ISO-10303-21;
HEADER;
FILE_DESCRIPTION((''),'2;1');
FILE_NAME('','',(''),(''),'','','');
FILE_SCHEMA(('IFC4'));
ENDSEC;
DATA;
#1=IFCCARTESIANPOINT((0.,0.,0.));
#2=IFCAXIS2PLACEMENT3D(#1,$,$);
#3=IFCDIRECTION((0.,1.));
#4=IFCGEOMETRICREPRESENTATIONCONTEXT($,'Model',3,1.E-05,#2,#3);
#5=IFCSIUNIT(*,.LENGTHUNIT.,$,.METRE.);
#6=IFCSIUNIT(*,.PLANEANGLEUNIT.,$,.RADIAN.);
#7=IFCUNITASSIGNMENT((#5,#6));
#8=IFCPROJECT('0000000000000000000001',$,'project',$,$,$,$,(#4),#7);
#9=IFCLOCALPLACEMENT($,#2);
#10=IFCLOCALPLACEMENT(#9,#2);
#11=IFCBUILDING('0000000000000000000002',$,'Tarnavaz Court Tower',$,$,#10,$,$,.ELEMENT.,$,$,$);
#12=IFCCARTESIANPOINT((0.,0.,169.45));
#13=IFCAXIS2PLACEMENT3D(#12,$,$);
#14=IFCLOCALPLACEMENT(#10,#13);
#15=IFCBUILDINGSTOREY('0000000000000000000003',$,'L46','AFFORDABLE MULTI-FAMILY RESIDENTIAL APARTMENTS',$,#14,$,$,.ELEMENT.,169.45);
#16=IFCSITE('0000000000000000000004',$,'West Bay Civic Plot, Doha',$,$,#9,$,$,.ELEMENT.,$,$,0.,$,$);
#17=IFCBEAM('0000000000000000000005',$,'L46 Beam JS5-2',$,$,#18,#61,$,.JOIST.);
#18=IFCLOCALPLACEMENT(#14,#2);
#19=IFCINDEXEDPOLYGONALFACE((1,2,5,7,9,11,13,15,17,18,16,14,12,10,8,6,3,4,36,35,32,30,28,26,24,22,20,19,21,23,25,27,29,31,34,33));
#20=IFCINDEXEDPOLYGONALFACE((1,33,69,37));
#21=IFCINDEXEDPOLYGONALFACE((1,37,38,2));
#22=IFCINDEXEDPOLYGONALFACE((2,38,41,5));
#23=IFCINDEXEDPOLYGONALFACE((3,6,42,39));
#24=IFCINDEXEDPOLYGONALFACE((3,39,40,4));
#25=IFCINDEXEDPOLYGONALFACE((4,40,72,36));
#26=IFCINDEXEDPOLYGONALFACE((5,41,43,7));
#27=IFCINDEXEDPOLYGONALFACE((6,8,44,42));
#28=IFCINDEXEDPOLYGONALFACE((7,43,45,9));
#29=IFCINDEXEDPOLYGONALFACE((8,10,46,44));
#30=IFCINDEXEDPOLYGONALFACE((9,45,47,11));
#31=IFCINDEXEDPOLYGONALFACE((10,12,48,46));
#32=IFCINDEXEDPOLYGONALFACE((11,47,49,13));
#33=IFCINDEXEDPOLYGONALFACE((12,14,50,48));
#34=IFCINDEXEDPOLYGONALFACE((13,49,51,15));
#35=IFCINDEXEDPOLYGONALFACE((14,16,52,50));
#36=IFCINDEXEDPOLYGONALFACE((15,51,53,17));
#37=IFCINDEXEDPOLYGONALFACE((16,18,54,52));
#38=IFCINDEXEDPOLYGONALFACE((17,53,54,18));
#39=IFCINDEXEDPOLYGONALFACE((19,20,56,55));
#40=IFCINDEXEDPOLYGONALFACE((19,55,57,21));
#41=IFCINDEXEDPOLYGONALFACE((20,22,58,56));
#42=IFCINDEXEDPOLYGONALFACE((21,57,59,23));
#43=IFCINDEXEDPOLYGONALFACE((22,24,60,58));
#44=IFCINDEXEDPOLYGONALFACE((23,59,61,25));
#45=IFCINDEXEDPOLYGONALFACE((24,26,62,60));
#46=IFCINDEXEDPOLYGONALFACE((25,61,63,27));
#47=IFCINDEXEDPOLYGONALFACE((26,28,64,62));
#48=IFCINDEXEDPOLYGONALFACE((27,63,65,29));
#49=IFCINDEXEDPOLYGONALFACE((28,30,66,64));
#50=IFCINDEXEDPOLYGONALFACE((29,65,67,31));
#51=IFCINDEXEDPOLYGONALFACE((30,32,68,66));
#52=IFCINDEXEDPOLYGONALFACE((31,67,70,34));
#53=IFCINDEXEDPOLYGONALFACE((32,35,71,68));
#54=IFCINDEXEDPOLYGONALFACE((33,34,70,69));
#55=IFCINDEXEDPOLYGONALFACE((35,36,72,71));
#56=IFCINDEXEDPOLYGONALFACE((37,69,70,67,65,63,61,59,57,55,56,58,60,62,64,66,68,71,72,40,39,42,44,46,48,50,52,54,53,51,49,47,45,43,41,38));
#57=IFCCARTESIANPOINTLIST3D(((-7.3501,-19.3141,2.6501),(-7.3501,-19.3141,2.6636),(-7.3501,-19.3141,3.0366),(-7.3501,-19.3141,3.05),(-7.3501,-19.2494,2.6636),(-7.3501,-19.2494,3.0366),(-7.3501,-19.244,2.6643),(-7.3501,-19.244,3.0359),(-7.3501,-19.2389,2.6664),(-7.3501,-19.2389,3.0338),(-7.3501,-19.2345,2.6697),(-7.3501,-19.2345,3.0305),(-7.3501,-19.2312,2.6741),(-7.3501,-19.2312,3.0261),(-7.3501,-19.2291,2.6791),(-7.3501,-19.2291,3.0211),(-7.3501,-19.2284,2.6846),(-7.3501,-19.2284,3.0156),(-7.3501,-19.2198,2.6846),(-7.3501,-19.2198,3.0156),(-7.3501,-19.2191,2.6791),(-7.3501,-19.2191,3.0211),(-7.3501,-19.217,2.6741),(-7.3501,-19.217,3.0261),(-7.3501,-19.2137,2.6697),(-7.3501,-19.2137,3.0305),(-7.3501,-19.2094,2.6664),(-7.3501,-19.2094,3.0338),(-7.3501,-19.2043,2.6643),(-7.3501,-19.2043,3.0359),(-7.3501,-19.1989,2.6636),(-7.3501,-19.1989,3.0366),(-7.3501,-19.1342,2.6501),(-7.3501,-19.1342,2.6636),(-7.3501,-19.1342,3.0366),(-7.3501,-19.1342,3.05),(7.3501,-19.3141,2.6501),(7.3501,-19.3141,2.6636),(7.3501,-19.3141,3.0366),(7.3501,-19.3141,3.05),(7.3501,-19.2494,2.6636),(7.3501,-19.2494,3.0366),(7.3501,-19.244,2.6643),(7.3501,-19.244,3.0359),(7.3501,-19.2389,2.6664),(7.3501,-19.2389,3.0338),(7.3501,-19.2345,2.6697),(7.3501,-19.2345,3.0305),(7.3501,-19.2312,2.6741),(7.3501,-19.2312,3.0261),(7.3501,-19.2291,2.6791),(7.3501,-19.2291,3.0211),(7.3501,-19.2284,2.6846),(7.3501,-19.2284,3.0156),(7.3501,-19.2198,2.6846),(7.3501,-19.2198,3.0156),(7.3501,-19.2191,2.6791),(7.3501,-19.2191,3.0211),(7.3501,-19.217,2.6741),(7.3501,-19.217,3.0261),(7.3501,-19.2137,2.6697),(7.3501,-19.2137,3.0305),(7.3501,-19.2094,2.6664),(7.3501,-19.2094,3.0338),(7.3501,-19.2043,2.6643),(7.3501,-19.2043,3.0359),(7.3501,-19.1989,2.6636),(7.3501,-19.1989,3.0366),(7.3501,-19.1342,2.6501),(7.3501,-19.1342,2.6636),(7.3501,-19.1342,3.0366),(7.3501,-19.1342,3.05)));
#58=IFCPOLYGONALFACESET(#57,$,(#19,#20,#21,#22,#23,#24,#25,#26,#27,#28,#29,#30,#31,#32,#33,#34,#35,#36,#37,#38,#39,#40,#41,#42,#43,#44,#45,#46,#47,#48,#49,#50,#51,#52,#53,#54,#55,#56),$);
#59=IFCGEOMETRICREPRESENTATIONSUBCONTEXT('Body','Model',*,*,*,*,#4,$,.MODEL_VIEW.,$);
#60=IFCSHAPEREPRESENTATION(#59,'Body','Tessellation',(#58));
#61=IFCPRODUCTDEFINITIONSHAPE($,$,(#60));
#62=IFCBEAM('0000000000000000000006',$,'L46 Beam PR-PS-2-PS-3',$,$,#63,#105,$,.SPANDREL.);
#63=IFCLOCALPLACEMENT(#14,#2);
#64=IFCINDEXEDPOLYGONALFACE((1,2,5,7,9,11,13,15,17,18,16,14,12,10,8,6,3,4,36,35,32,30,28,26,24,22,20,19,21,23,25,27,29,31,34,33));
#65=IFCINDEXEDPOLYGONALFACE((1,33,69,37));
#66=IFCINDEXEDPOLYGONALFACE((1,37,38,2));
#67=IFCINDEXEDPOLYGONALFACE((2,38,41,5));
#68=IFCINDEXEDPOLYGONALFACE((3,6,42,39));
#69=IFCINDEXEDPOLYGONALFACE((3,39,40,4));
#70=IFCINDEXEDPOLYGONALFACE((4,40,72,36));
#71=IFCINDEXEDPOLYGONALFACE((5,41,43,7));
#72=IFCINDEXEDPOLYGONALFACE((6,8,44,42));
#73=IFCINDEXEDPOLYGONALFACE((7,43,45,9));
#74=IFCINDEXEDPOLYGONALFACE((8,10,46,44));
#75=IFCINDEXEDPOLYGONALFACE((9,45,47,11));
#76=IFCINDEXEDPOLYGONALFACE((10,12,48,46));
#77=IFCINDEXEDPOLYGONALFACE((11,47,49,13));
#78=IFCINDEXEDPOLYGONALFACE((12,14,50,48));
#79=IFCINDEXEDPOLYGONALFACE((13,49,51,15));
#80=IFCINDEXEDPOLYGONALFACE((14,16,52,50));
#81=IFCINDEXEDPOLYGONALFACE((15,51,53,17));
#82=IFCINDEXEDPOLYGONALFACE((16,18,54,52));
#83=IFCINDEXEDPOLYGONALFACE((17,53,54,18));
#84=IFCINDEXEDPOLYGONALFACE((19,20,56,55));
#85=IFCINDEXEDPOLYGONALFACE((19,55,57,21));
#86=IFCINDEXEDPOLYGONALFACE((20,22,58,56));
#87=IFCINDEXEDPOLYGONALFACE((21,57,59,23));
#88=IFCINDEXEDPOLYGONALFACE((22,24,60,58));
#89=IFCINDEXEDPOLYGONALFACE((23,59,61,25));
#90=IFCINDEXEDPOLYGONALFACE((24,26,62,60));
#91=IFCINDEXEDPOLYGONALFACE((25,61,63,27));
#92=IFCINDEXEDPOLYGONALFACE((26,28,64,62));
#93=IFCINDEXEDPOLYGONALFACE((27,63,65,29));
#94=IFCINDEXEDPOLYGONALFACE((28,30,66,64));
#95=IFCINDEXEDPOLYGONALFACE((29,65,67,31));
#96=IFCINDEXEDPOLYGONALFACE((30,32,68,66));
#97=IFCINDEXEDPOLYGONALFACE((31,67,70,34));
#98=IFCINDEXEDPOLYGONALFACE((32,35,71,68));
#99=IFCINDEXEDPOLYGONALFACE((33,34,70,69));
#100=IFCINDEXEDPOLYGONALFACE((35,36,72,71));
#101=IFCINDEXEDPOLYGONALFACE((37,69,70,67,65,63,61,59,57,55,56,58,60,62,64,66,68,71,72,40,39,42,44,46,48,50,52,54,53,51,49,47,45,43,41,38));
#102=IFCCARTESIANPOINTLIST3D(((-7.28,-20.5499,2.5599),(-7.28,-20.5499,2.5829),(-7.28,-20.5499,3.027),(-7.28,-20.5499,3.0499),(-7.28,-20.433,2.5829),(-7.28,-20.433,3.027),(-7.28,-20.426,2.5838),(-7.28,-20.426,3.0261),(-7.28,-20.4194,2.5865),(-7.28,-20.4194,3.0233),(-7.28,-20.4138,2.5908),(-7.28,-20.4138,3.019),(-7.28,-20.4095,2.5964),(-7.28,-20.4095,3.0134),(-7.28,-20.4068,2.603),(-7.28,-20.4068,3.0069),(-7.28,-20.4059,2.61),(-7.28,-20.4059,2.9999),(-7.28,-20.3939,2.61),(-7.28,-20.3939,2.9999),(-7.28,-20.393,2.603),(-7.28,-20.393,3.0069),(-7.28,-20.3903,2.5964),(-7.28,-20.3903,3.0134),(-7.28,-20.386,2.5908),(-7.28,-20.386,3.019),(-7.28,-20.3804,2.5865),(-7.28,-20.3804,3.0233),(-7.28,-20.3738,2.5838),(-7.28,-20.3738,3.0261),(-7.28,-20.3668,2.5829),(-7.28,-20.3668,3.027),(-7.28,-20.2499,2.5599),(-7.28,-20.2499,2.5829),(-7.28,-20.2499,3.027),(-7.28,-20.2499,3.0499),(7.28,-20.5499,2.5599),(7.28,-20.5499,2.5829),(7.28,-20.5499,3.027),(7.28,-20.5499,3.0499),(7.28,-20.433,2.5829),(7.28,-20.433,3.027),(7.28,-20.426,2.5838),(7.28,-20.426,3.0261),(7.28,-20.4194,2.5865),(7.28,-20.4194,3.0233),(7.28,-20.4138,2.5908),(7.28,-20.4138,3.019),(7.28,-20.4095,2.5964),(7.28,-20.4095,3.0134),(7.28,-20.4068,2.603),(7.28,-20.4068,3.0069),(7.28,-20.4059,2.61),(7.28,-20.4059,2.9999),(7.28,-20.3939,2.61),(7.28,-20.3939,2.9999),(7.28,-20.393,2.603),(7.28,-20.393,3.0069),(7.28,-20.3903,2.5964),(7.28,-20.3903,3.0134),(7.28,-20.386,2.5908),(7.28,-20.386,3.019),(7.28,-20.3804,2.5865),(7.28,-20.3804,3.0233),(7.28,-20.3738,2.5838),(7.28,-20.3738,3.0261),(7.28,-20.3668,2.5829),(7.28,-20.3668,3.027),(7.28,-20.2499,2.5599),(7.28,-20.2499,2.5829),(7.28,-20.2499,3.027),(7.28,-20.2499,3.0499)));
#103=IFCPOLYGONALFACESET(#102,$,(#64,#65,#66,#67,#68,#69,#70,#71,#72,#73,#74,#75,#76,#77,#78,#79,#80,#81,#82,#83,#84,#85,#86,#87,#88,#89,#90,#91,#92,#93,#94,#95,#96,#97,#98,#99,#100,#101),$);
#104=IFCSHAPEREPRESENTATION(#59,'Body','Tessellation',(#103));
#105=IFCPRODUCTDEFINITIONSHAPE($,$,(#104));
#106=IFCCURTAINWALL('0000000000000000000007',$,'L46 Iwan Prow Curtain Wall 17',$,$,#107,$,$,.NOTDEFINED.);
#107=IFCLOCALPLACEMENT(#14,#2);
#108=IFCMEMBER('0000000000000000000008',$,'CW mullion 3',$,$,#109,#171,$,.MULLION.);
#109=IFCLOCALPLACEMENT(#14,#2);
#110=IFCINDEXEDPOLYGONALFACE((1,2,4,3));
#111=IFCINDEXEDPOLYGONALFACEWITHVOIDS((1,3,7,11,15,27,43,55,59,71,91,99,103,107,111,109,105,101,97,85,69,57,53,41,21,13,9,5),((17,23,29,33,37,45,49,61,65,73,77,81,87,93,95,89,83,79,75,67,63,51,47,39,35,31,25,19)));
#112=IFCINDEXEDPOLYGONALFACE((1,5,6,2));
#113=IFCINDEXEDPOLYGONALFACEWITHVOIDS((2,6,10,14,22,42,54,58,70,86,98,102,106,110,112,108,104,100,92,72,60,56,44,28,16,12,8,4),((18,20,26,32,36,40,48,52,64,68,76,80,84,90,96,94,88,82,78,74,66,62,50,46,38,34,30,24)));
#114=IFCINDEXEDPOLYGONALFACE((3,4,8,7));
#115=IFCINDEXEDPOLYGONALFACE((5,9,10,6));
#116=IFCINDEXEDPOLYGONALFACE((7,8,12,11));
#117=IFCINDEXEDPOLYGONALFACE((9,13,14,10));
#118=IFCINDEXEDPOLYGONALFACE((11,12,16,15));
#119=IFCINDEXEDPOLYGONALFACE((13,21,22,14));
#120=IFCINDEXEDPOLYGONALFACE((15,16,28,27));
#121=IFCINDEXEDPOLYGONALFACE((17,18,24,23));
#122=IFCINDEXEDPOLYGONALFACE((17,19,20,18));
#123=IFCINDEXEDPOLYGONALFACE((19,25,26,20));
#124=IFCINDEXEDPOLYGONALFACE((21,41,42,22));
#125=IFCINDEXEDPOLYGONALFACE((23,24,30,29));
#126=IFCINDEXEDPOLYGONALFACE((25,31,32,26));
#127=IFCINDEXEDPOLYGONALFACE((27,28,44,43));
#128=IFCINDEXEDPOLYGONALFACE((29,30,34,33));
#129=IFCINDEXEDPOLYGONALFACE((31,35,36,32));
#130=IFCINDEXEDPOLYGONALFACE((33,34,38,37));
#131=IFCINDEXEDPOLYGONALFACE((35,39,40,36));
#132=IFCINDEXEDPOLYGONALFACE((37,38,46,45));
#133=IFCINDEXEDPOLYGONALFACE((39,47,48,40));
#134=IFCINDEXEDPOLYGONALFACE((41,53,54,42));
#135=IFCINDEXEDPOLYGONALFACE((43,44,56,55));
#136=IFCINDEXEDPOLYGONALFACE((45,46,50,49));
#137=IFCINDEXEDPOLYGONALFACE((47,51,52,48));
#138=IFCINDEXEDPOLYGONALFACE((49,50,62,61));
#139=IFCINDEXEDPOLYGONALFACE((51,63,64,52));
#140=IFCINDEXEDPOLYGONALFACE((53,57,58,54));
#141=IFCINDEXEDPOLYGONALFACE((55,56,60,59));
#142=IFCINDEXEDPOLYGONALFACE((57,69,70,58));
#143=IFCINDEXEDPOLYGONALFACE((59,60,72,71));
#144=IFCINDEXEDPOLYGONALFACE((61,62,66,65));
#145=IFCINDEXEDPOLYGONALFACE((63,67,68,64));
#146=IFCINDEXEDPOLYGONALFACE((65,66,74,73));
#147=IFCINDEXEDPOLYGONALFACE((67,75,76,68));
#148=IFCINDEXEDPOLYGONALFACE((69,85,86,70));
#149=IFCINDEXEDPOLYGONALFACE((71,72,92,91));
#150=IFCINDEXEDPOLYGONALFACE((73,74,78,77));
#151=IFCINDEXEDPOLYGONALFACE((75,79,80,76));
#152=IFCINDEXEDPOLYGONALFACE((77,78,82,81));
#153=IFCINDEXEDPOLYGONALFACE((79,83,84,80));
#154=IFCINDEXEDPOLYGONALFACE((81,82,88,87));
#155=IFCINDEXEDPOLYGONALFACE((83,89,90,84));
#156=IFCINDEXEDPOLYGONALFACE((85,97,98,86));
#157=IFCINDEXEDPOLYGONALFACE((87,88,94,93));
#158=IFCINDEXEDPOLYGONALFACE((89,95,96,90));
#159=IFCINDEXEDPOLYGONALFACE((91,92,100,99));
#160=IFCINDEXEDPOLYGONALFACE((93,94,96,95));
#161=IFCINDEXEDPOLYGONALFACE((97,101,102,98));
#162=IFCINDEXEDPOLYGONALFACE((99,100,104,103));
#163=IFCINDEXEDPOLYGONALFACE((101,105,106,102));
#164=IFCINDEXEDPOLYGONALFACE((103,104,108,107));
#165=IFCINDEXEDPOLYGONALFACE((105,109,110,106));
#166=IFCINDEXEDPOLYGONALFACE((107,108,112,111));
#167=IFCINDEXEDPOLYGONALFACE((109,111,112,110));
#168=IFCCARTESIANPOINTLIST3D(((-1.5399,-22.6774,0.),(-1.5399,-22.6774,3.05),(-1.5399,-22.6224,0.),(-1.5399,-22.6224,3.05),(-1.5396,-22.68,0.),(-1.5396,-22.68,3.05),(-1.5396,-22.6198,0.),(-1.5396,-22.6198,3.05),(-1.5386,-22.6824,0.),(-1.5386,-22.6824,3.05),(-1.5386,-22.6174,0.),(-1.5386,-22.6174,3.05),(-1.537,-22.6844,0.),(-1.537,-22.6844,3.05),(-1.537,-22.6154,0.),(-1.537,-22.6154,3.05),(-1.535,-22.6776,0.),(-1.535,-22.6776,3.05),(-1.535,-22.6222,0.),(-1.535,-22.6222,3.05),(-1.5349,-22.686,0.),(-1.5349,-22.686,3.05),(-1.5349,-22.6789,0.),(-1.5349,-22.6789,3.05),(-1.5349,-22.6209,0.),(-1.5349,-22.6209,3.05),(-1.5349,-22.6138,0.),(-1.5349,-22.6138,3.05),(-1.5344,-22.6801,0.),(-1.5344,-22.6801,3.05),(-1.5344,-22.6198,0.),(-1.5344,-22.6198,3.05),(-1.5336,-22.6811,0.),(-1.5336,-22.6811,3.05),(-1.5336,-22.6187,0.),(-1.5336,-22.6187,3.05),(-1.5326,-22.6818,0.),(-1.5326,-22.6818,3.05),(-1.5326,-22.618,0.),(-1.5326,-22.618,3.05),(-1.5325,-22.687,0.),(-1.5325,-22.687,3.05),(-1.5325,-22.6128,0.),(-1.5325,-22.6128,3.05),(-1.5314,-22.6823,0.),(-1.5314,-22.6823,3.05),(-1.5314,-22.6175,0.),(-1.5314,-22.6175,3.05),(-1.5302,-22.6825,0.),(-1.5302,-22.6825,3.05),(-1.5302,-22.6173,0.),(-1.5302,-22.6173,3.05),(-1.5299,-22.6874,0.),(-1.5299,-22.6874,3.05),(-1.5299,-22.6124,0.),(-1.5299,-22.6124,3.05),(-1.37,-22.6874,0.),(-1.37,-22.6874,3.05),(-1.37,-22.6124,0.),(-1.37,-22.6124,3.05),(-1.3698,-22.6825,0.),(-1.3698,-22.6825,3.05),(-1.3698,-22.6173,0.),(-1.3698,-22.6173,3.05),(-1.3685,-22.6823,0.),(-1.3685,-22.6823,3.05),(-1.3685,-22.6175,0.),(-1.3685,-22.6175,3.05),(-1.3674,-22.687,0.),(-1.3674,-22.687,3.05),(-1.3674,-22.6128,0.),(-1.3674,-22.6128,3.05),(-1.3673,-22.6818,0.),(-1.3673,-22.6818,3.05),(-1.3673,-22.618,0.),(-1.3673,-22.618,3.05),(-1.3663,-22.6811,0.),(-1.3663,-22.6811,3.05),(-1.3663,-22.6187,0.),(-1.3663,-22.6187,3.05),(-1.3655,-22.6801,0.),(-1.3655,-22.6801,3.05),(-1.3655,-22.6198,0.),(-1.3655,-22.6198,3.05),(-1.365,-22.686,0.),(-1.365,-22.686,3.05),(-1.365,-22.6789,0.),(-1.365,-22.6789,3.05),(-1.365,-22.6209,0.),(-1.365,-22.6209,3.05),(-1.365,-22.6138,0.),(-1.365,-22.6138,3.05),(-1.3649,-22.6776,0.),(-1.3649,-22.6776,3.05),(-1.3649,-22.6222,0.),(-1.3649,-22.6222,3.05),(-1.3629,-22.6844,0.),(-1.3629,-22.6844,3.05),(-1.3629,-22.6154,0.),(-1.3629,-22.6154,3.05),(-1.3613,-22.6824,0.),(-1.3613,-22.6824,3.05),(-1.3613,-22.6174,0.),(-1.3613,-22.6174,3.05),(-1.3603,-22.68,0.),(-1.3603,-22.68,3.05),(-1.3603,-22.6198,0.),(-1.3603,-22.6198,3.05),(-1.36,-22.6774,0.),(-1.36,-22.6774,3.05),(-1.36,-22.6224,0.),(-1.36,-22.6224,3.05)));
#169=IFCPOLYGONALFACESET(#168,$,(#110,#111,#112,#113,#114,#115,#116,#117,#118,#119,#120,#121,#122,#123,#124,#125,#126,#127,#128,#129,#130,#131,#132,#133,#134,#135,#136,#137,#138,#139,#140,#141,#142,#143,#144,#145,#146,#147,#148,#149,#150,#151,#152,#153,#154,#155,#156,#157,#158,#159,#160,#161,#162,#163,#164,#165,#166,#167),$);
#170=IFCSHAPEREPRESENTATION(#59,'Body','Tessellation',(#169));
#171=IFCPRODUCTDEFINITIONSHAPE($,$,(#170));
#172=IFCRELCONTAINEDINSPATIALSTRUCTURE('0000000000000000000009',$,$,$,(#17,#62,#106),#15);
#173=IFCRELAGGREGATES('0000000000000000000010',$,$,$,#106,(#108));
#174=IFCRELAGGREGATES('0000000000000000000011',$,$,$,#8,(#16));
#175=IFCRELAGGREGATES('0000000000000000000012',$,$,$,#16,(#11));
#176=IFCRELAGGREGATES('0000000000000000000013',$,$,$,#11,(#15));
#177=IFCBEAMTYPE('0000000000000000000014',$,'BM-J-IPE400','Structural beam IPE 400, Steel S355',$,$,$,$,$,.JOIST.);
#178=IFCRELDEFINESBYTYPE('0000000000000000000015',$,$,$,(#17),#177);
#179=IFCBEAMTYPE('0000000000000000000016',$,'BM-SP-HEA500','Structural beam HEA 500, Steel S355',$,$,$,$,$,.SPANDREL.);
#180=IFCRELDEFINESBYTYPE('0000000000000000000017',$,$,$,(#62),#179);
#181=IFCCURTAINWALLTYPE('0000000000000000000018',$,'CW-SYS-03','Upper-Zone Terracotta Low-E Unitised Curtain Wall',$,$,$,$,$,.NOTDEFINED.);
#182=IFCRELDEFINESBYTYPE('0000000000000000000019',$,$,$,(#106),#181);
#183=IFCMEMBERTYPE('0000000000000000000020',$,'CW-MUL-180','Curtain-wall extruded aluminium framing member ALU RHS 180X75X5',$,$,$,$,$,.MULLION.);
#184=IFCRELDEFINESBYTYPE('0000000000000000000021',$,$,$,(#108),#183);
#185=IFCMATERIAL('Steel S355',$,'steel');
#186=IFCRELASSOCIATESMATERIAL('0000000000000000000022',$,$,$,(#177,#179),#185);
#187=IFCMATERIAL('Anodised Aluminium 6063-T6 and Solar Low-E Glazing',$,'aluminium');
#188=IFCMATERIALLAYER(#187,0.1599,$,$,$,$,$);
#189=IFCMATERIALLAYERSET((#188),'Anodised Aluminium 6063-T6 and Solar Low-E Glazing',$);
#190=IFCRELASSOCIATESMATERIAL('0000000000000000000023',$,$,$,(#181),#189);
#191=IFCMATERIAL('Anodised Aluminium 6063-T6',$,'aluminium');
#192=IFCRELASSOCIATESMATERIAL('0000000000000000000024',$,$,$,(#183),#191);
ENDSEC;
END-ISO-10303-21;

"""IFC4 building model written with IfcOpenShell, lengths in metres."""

from ifc_helpers import new_model, si_unit, direction, frame, origin, origin_2d, place, context, subcontext, project, spatial, hollow_rectangle, i_section, extrude, material, layer, layer_set, material_profile, profile_set, type_object, element, aggregate, save


model = new_model("IFC4")

# Units and contexts
model_context = context("Model", 3, precision=1e-05, world=origin(), true_north=direction((0.0, 1.0)))
body_context = subcontext(model_context, "Body", "Model", "MODEL_VIEW")
ifc_project = project(units=[si_unit("LENGTHUNIT", "METRE"), si_unit("PLANEANGLEUNIT", "RADIAN")], contexts=[model_context])

# Site, building, storey
site_placement = place(None, origin())
site = spatial("IfcSite", under=ifc_project, at=site_placement, Name="West Bay Civic Plot, Doha", CompositionType="ELEMENT", RefElevation=0.0)
building_placement = place(site_placement, origin())
building = spatial("IfcBuilding", under=site, at=building_placement, Name="Tarnavaz Court Tower", CompositionType="ELEMENT")
storey_placement = place(building_placement, frame((0.0, 0.0, 169.45)))
storey = spatial("IfcBuildingStorey", under=building, at=storey_placement, Name="L46", Description="AFFORDABLE MULTI-FAMILY RESIDENTIAL APARTMENTS", CompositionType="ELEMENT", Elevation=169.45)

# Beams
ifc_material_1 = material(Name="Steel S355", Category="steel")
ifc_material_profile_1 = material_profile(ifc_material_1, i_section(OverallWidth=0.1799, OverallDepth=0.3999, WebThickness=0.0085, FlangeThickness=0.0134, FilletRadius=0.021, at=origin_2d()), Name="IPE 400")
ifc_profile_set_1 = profile_set([ifc_material_profile_1], Name="Steel S355")
beam_type_1 = type_object("IfcBeamType", Name="BM-J-IPE400", Description="Structural beam IPE 400, Steel S355", PredefinedType="JOIST", material=ifc_profile_set_1)
for number, where, z_axis, x_axis, name in (
    (1, (-7.3501, -19.2241, 2.8501), (1.0, 0.0, 0.0), (0.0, 1.0, 0.0), "L46 Beam JS5-2"),
):
    element("IfcBeam", number, at=place(storey_placement, frame(where, z_axis=z_axis, x_axis=x_axis)), inside=storey, type_object=beam_type_1, Name=name, PredefinedType="JOIST", context=body_context, shape_type="SweptSolid", body=[
        extrude(i_section(OverallWidth=0.1799, OverallDepth=0.3999, WebThickness=0.0085, FlangeThickness=0.0134, FilletRadius=0.021, at=origin_2d()), origin(), (0.0, 0.0, 1.0), 14.7002),
    ])
ifc_material_profile_2 = material_profile(ifc_material_1, i_section(OverallWidth=0.3, OverallDepth=0.49, WebThickness=0.012, FlangeThickness=0.0229, FilletRadius=0.0271, at=origin_2d()), Name="HEA 500")
ifc_profile_set_2 = profile_set([ifc_material_profile_2], Name="Steel S355")
beam_type_2 = type_object("IfcBeamType", Name="BM-SP-HEA500", Description="Structural beam HEA 500, Steel S355", PredefinedType="SPANDREL", material=ifc_profile_set_2)
beam_placement = place(storey_placement, frame((-7.28, -20.3999, 2.8049), z_axis=(1.0, 0.0, 0.0), x_axis=(0.0, 1.0, 0.0)))
element("IfcBeam", 2, at=beam_placement, inside=storey, type_object=beam_type_2, Name="L46 Beam PR-PS-2-PS-3", PredefinedType="SPANDREL", context=body_context, shape_type="SweptSolid", body=[
    extrude(i_section(OverallWidth=0.3, OverallDepth=0.49, WebThickness=0.012, FlangeThickness=0.0229, FilletRadius=0.0271, at=origin_2d()), origin(), (0.0, 0.0, 1.0), 14.5601),
])

# Curtain wall, member
ifc_material_2 = material(Name="Anodised Aluminium 6063-T6 and Solar Low-E Glazing", Category="aluminium")
ifc_layer_1 = layer(ifc_material_2, 0.1599)
ifc_layer_set_1 = layer_set([ifc_layer_1], Name="Anodised Aluminium 6063-T6 and Solar Low-E Glazing")
curtain_wall_type = type_object("IfcCurtainWallType", Name="CW-SYS-03", Description="Upper-Zone Terracotta Low-E Unitised Curtain Wall", PredefinedType="NOTDEFINED", material=ifc_layer_set_1)
curtain_wall_placement = place(storey_placement, origin())
curtain_wall = element("IfcCurtainWall", 3, at=curtain_wall_placement, inside=storey, type_object=curtain_wall_type, Name="L46 Iwan Prow Curtain Wall 17", PredefinedType="NOTDEFINED")
ifc_material_3 = material(Name="Anodised Aluminium 6063-T6", Category="aluminium")
ifc_material_profile_3 = material_profile(ifc_material_3, hollow_rectangle(XDim=0.075, YDim=0.1799, WallThickness=0.0049, InnerFilletRadius=0.0049, OuterFilletRadius=0.01, at=origin_2d()), Name="ALU RHS 180X75X5")
ifc_profile_set_3 = profile_set([ifc_material_profile_3], Name="Anodised Aluminium 6063-T6")
member_type_1 = type_object("IfcMemberType", Name="CW-MUL-180", Description="Curtain-wall extruded aluminium framing member ALU RHS 180X75X5", PredefinedType="MULLION", material=ifc_profile_set_3)
member_1_placement = place(storey_placement, frame((-1.45, -22.6499, 0.0), z_axis=(0.0, 0.0, 1.0), x_axis=(0.0, -1.0, 0.0)))
member_1 = element("IfcMember", 4, at=member_1_placement, type_object=member_type_1, Name="CW mullion 3", PredefinedType="MULLION", context=body_context, shape_type="SweptSolid", body=[
    extrude(hollow_rectangle(XDim=0.075, YDim=0.1799, WallThickness=0.0049, InnerFilletRadius=0.0049, OuterFilletRadius=0.01, at=origin_2d()), origin(), (0.0, 0.0, 1.0), 3.05),
])
aggregate(curtain_wall, [member_1])

save(model, "model.ifc")
